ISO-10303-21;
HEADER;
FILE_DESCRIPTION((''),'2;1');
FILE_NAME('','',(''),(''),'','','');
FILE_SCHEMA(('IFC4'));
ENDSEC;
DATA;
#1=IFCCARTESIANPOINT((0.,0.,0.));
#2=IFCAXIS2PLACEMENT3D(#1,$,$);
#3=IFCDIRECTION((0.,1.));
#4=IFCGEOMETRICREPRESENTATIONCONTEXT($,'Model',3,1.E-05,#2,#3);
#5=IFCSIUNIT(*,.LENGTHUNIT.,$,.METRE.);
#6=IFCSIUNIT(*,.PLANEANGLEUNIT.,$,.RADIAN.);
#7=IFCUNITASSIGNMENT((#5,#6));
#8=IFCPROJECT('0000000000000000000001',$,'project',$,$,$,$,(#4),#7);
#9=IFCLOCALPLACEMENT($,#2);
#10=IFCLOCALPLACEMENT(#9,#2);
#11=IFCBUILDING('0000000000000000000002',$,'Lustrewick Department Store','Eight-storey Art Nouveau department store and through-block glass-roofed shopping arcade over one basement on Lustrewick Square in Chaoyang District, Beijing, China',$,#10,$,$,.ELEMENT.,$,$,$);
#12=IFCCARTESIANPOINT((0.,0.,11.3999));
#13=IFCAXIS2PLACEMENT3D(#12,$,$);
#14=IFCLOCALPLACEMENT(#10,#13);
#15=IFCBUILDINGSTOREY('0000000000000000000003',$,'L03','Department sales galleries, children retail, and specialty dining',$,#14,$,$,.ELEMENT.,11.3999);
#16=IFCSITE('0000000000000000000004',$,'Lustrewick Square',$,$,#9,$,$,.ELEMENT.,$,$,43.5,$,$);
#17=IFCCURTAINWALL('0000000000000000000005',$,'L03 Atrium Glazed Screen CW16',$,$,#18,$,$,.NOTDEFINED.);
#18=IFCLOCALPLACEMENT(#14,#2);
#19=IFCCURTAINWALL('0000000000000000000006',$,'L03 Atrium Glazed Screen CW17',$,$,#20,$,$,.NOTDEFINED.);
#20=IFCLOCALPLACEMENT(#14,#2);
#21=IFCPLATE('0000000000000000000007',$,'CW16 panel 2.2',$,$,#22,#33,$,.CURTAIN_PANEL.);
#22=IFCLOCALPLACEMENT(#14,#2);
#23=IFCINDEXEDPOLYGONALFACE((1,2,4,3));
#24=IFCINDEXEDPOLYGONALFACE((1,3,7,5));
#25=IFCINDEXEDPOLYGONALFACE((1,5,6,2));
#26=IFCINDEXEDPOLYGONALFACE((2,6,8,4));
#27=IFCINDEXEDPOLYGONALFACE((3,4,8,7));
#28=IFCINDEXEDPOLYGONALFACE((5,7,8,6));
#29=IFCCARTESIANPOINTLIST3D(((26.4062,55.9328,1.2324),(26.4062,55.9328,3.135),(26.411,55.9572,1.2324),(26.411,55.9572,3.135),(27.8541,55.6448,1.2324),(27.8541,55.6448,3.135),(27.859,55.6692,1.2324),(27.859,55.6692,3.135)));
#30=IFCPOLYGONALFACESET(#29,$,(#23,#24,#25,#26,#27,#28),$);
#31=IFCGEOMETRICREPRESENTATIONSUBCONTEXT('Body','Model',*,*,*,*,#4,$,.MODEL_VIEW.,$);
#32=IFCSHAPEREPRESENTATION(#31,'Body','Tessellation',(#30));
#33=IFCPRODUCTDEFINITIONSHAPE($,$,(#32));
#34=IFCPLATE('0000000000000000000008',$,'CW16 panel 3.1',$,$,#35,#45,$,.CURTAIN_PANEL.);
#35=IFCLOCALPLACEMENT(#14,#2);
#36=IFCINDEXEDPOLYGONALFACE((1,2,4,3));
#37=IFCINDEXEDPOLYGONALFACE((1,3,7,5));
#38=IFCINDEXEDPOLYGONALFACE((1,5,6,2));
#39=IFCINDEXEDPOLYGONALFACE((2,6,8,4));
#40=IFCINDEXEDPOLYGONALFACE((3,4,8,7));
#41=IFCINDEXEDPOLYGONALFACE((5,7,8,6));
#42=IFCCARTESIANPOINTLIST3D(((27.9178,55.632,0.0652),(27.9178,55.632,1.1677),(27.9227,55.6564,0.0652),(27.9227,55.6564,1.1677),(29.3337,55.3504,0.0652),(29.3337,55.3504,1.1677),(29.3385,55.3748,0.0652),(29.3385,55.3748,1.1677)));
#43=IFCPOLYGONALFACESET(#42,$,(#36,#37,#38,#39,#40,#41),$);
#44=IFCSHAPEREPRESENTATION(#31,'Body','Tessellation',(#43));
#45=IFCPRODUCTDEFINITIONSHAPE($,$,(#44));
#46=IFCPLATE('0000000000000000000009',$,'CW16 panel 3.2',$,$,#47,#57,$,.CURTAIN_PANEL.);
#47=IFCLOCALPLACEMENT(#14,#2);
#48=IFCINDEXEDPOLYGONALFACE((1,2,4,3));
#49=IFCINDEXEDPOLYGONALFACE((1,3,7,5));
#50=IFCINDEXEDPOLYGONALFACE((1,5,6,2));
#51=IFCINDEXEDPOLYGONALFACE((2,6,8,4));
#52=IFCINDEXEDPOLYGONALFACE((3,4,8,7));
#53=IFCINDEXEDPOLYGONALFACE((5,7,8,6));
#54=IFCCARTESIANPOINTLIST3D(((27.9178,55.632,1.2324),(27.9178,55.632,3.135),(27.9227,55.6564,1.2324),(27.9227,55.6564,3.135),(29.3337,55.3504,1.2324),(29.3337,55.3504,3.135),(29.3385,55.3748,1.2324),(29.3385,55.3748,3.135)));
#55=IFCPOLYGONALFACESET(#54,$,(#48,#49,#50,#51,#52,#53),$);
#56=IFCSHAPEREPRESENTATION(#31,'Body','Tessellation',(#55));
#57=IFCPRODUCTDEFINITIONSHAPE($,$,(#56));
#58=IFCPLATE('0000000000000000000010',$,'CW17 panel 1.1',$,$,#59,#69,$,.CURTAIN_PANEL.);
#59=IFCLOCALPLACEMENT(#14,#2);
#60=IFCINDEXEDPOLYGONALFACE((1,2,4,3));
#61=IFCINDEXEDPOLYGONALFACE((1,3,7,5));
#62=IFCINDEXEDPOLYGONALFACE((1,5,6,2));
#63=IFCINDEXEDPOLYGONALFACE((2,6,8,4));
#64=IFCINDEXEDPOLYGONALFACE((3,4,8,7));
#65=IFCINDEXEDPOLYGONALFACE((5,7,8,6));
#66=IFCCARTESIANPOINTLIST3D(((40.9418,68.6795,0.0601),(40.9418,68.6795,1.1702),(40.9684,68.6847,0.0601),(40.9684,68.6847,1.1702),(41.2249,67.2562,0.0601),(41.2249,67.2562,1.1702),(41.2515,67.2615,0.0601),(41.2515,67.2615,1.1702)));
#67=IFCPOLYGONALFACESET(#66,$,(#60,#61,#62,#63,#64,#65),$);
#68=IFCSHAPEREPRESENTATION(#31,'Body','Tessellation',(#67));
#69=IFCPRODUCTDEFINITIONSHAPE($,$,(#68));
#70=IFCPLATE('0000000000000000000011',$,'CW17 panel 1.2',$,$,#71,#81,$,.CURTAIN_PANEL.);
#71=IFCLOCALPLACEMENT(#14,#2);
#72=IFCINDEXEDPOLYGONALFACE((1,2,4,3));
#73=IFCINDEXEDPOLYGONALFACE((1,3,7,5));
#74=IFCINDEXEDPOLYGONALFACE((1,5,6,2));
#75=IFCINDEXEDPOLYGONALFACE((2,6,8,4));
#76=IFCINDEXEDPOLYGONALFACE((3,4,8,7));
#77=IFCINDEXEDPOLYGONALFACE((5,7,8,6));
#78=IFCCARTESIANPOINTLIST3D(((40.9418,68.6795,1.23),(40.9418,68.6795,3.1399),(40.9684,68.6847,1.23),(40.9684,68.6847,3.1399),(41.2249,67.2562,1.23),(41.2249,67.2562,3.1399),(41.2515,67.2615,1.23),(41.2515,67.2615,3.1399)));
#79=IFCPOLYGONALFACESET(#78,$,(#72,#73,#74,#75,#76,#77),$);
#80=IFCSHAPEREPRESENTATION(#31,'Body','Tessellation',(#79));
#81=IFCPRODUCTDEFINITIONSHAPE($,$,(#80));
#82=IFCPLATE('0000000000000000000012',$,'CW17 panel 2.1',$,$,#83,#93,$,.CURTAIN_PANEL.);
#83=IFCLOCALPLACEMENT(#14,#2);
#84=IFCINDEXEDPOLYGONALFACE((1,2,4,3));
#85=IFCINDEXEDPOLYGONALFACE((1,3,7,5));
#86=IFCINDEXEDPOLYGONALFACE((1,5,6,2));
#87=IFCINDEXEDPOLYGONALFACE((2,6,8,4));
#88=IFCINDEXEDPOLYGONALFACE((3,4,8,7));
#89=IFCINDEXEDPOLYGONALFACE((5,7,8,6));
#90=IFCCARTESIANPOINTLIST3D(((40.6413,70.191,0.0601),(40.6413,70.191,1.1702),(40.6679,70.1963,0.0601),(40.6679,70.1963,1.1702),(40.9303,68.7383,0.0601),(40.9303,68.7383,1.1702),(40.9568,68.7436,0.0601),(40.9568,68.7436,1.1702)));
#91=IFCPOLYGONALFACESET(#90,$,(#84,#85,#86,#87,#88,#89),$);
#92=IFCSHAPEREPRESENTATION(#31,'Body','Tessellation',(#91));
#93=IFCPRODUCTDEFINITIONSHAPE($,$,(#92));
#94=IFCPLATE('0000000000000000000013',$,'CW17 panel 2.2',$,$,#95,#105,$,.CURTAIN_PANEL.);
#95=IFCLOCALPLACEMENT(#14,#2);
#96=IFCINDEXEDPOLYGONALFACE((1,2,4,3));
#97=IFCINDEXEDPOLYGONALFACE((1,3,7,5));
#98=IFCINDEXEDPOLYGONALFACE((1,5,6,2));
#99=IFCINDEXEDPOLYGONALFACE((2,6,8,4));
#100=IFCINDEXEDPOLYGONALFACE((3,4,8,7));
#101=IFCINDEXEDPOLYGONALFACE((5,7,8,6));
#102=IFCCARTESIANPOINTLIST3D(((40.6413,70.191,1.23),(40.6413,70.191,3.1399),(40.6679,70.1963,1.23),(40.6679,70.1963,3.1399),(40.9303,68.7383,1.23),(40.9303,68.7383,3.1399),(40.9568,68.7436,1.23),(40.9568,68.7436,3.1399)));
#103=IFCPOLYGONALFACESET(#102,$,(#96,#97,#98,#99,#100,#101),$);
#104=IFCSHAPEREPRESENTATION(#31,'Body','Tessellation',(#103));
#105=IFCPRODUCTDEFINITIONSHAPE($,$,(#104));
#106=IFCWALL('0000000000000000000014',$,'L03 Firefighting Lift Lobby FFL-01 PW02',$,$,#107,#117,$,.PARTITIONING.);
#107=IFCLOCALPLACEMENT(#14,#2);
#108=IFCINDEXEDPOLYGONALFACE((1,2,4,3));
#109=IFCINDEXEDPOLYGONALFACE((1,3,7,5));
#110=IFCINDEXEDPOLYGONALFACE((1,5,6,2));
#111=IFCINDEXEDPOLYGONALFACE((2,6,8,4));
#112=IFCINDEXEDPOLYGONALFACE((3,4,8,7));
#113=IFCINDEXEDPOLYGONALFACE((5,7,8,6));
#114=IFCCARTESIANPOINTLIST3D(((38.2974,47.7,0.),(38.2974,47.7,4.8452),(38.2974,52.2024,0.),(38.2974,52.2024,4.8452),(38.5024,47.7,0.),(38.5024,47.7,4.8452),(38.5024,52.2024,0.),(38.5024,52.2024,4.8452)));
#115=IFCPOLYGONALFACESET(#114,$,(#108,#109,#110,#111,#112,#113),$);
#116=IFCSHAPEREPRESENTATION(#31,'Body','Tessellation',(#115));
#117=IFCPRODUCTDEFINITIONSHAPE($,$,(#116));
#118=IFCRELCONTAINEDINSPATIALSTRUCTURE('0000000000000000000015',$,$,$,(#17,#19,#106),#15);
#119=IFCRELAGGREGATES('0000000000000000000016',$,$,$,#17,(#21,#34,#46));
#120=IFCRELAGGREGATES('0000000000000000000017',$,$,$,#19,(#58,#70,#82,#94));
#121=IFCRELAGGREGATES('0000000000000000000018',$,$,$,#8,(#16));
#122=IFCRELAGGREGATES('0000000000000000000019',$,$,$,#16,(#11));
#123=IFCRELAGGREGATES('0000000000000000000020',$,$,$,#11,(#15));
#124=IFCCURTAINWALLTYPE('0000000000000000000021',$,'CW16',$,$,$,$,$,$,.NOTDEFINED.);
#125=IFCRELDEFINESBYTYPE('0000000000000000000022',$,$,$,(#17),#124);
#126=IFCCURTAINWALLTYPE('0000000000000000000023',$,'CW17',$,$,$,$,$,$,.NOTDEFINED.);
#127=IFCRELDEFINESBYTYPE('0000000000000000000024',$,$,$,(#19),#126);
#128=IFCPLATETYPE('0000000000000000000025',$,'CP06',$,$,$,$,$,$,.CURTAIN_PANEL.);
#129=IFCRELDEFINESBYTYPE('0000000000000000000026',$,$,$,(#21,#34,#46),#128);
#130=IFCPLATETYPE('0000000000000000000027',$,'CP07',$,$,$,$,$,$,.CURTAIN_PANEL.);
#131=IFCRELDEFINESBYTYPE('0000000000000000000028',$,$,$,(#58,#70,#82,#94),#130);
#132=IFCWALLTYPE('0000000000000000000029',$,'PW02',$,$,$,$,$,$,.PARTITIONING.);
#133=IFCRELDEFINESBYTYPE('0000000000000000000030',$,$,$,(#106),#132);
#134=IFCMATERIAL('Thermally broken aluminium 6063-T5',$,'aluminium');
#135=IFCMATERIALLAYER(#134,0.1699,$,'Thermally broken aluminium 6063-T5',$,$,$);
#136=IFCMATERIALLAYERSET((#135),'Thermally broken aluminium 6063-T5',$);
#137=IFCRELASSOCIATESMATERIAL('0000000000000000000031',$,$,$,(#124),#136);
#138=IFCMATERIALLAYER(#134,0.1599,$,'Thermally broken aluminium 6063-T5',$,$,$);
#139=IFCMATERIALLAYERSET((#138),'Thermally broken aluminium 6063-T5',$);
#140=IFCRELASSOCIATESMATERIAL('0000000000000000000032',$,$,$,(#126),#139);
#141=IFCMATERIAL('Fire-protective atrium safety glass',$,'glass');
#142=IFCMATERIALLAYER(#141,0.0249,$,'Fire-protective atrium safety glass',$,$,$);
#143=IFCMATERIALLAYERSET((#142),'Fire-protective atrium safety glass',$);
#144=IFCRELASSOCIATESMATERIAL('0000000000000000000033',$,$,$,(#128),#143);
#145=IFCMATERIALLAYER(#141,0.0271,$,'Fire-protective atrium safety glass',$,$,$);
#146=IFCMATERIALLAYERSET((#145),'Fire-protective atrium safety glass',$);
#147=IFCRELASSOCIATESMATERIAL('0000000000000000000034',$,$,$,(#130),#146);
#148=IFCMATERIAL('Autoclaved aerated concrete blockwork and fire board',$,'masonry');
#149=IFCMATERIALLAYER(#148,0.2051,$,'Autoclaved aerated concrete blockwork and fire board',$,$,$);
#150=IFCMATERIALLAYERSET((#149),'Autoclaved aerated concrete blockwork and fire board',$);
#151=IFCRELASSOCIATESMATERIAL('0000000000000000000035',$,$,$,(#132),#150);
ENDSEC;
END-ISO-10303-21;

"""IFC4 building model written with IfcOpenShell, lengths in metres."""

from ifc_helpers import new_model, si_unit, direction, frame, frame_2d, origin, origin_2d, place, context, subcontext, project, spatial, rectangle, extrude, material, layer, layer_set, type_object, element, aggregate, save


model = new_model("IFC4")

# Units and contexts
model_context = context("Model", 3, precision=1e-05, world=origin(), true_north=direction((0.0, 1.0)))
body_context = subcontext(model_context, "Body", "Model", "MODEL_VIEW")
ifc_project = project(units=[si_unit("LENGTHUNIT", "METRE"), si_unit("PLANEANGLEUNIT", "RADIAN")], contexts=[model_context])

# Site, building, storey
site_placement = place(None, origin())
site = spatial("IfcSite", under=ifc_project, at=site_placement, Name="Lustrewick Square", CompositionType="ELEMENT", RefElevation=43.5)
building_placement = place(site_placement, origin())
building = spatial("IfcBuilding", under=site, at=building_placement, Name="Lustrewick Department Store", Description="Eight-storey Art Nouveau department store and through-block glass-roofed shopping arcade over one basement on Lustrewick Square in Chaoyang District, Beijing, China", CompositionType="ELEMENT")
storey_placement = place(building_placement, frame((0.0, 0.0, 11.3999)))
storey = spatial("IfcBuildingStorey", under=building, at=storey_placement, Name="L03", Description="Department sales galleries, children retail, and specialty dining", CompositionType="ELEMENT", Elevation=11.3999)

# Curtain walls
ifc_material_1 = material(Name="Thermally broken aluminium 6063-T5", Category="aluminium")
ifc_layer_1 = layer(ifc_material_1, 0.1699, Name="Thermally broken aluminium 6063-T5")
ifc_layer_set_1 = layer_set([ifc_layer_1], Name="Thermally broken aluminium 6063-T5")
curtain_wall_type_1 = type_object("IfcCurtainWallType", Name="CW16", PredefinedType="NOTDEFINED", material=ifc_layer_set_1)
curtain_wall_1_placement = place(storey_placement, origin())
curtain_wall_1 = element("IfcCurtainWall", 1, at=curtain_wall_1_placement, inside=storey, type_object=curtain_wall_type_1, Name="L03 Atrium Glazed Screen CW16", PredefinedType="NOTDEFINED")
ifc_layer_2 = layer(ifc_material_1, 0.1599, Name="Thermally broken aluminium 6063-T5")
ifc_layer_set_2 = layer_set([ifc_layer_2], Name="Thermally broken aluminium 6063-T5")
curtain_wall_type_2 = type_object("IfcCurtainWallType", Name="CW17", PredefinedType="NOTDEFINED", material=ifc_layer_set_2)
curtain_wall_2_placement = place(storey_placement, origin())
curtain_wall_2 = element("IfcCurtainWall", 2, at=curtain_wall_2_placement, inside=storey, type_object=curtain_wall_type_2, Name="L03 Atrium Glazed Screen CW17", PredefinedType="NOTDEFINED")

# Plates
ifc_material_2 = material(Name="Fire-protective atrium safety glass", Category="glass")
ifc_layer_3 = layer(ifc_material_2, 0.0249, Name="Fire-protective atrium safety glass")
ifc_layer_set_3 = layer_set([ifc_layer_3], Name="Fire-protective atrium safety glass")
plate_type_1 = type_object("IfcPlateType", Name="CP06", PredefinedType="CURTAIN_PANEL", material=ifc_layer_set_3)
plate_1_placement = place(storey_placement, frame((27.1326, 55.801, 1.2324), z_axis=(0.0, 0.0, 1.0), x_axis=(0.980786, -0.195085, 0.0)))
plate_1 = element("IfcPlate", 3, at=plate_1_placement, type_object=plate_type_1, Name="CW16 panel 2.2", PredefinedType="CURTAIN_PANEL", context=body_context, shape_type="SweptSolid", body=[
    extrude(rectangle(XDim=1.4763, YDim=0.0249, at=origin_2d()), origin(), (0.0, 0.0, 1.0), 1.9026),
])
plate_2_placement = place(storey_placement, frame((28.6282, 55.5034, 0.0652), z_axis=(0.0, 0.0, 1.0), x_axis=(0.980786, -0.195085, 0.0)))
plate_2 = element("IfcPlate", 4, at=plate_2_placement, type_object=plate_type_1, Name="CW16 panel 3.1", PredefinedType="CURTAIN_PANEL", context=body_context, shape_type="SweptSolid", body=[
    extrude(rectangle(XDim=1.4436, YDim=0.0249, at=origin_2d()), origin(), (0.0, 0.0, 1.0), 1.1025),
])
plate_3_placement = place(storey_placement, frame((28.6282, 55.5034, 1.2324), z_axis=(0.0, 0.0, 1.0), x_axis=(0.980786, -0.195085, 0.0)))
plate_3 = element("IfcPlate", 5, at=plate_3_placement, type_object=plate_type_1, Name="CW16 panel 3.2", PredefinedType="CURTAIN_PANEL", context=body_context, shape_type="SweptSolid", body=[
    extrude(rectangle(XDim=1.4436, YDim=0.0249, at=origin_2d()), origin(), (0.0, 0.0, 1.0), 1.9026),
])
aggregate(curtain_wall_1, [plate_1, plate_2, plate_3])
ifc_layer_4 = layer(ifc_material_2, 0.0271, Name="Fire-protective atrium safety glass")
ifc_layer_set_4 = layer_set([ifc_layer_4], Name="Fire-protective atrium safety glass")
plate_type_2 = type_object("IfcPlateType", Name="CP07", PredefinedType="CURTAIN_PANEL", material=ifc_layer_set_4)
plate_4_placement = place(storey_placement, frame((41.0967, 67.9705, 0.0601), z_axis=(0.0, 0.0, 1.0), x_axis=(-0.195085, 0.980786, 0.0)))
plate_4 = element("IfcPlate", 6, at=plate_4_placement, type_object=plate_type_2, Name="CW17 panel 1.1", PredefinedType="CURTAIN_PANEL", context=body_context, shape_type="SweptSolid", body=[
    extrude(rectangle(XDim=1.4512, YDim=0.0271, at=origin_2d()), origin(), (0.0, 0.0, 1.0), 1.1101),
])
plate_5_placement = place(storey_placement, frame((41.0967, 67.9705, 1.23), z_axis=(0.0, 0.0, 1.0), x_axis=(-0.195085, 0.980786, 0.0)))
plate_5 = element("IfcPlate", 7, at=plate_5_placement, type_object=plate_type_2, Name="CW17 panel 1.2", PredefinedType="CURTAIN_PANEL", context=body_context, shape_type="SweptSolid", body=[
    extrude(rectangle(XDim=1.4512, YDim=0.0271, at=origin_2d()), origin(), (0.0, 0.0, 1.0), 1.9099),
])
plate_6_placement = place(storey_placement, frame((40.7991, 69.4673, 0.0601), z_axis=(0.0, 0.0, 1.0), x_axis=(-0.195085, 0.980786, 0.0)))
plate_6 = element("IfcPlate", 8, at=plate_6_placement, type_object=plate_type_2, Name="CW17 panel 2.1", PredefinedType="CURTAIN_PANEL", context=body_context, shape_type="SweptSolid", body=[
    extrude(rectangle(XDim=1.4812, YDim=0.0271, at=origin_2d()), origin(), (0.0, 0.0, 1.0), 1.1101),
])
plate_7_placement = place(storey_placement, frame((40.7991, 69.4673, 1.23), z_axis=(0.0, 0.0, 1.0), x_axis=(-0.195085, 0.980786, 0.0)))
plate_7 = element("IfcPlate", 9, at=plate_7_placement, type_object=plate_type_2, Name="CW17 panel 2.2", PredefinedType="CURTAIN_PANEL", context=body_context, shape_type="SweptSolid", body=[
    extrude(rectangle(XDim=1.4812, YDim=0.0271, at=origin_2d()), origin(), (0.0, 0.0, 1.0), 1.9099),
])
aggregate(curtain_wall_2, [plate_4, plate_5, plate_6, plate_7])

# Shared definitions
ifc_material_3 = material(Name="Autoclaved aerated concrete blockwork and fire board", Category="masonry")
ifc_layer_5 = layer(ifc_material_3, 0.2051, Name="Autoclaved aerated concrete blockwork and fire board")
ifc_layer_set_5 = layer_set([ifc_layer_5], Name="Autoclaved aerated concrete blockwork and fire board")
wall_type = type_object("IfcWallType", Name="PW02", PredefinedType="PARTITIONING", material=ifc_layer_set_5)

# Wall
wall_1_placement = place(storey_placement, frame((38.3999, 52.2024, 0.0), z_axis=(0.0, 0.0, 1.0), x_axis=(0.0, -1.0, 0.0)))
element("IfcWall", 10, at=wall_1_placement, inside=storey, type_object=wall_type, Name="L03 Firefighting Lift Lobby FFL-01 PW02", PredefinedType="PARTITIONING", context=body_context, shape_type="SweptSolid", body=[
    extrude(rectangle(XDim=4.5024, YDim=0.2051, at=frame_2d((2.2512, 0.0))), origin(), (0.0, 0.0, 1.0), 4.8452),
])

save(model, "model.ifc")
